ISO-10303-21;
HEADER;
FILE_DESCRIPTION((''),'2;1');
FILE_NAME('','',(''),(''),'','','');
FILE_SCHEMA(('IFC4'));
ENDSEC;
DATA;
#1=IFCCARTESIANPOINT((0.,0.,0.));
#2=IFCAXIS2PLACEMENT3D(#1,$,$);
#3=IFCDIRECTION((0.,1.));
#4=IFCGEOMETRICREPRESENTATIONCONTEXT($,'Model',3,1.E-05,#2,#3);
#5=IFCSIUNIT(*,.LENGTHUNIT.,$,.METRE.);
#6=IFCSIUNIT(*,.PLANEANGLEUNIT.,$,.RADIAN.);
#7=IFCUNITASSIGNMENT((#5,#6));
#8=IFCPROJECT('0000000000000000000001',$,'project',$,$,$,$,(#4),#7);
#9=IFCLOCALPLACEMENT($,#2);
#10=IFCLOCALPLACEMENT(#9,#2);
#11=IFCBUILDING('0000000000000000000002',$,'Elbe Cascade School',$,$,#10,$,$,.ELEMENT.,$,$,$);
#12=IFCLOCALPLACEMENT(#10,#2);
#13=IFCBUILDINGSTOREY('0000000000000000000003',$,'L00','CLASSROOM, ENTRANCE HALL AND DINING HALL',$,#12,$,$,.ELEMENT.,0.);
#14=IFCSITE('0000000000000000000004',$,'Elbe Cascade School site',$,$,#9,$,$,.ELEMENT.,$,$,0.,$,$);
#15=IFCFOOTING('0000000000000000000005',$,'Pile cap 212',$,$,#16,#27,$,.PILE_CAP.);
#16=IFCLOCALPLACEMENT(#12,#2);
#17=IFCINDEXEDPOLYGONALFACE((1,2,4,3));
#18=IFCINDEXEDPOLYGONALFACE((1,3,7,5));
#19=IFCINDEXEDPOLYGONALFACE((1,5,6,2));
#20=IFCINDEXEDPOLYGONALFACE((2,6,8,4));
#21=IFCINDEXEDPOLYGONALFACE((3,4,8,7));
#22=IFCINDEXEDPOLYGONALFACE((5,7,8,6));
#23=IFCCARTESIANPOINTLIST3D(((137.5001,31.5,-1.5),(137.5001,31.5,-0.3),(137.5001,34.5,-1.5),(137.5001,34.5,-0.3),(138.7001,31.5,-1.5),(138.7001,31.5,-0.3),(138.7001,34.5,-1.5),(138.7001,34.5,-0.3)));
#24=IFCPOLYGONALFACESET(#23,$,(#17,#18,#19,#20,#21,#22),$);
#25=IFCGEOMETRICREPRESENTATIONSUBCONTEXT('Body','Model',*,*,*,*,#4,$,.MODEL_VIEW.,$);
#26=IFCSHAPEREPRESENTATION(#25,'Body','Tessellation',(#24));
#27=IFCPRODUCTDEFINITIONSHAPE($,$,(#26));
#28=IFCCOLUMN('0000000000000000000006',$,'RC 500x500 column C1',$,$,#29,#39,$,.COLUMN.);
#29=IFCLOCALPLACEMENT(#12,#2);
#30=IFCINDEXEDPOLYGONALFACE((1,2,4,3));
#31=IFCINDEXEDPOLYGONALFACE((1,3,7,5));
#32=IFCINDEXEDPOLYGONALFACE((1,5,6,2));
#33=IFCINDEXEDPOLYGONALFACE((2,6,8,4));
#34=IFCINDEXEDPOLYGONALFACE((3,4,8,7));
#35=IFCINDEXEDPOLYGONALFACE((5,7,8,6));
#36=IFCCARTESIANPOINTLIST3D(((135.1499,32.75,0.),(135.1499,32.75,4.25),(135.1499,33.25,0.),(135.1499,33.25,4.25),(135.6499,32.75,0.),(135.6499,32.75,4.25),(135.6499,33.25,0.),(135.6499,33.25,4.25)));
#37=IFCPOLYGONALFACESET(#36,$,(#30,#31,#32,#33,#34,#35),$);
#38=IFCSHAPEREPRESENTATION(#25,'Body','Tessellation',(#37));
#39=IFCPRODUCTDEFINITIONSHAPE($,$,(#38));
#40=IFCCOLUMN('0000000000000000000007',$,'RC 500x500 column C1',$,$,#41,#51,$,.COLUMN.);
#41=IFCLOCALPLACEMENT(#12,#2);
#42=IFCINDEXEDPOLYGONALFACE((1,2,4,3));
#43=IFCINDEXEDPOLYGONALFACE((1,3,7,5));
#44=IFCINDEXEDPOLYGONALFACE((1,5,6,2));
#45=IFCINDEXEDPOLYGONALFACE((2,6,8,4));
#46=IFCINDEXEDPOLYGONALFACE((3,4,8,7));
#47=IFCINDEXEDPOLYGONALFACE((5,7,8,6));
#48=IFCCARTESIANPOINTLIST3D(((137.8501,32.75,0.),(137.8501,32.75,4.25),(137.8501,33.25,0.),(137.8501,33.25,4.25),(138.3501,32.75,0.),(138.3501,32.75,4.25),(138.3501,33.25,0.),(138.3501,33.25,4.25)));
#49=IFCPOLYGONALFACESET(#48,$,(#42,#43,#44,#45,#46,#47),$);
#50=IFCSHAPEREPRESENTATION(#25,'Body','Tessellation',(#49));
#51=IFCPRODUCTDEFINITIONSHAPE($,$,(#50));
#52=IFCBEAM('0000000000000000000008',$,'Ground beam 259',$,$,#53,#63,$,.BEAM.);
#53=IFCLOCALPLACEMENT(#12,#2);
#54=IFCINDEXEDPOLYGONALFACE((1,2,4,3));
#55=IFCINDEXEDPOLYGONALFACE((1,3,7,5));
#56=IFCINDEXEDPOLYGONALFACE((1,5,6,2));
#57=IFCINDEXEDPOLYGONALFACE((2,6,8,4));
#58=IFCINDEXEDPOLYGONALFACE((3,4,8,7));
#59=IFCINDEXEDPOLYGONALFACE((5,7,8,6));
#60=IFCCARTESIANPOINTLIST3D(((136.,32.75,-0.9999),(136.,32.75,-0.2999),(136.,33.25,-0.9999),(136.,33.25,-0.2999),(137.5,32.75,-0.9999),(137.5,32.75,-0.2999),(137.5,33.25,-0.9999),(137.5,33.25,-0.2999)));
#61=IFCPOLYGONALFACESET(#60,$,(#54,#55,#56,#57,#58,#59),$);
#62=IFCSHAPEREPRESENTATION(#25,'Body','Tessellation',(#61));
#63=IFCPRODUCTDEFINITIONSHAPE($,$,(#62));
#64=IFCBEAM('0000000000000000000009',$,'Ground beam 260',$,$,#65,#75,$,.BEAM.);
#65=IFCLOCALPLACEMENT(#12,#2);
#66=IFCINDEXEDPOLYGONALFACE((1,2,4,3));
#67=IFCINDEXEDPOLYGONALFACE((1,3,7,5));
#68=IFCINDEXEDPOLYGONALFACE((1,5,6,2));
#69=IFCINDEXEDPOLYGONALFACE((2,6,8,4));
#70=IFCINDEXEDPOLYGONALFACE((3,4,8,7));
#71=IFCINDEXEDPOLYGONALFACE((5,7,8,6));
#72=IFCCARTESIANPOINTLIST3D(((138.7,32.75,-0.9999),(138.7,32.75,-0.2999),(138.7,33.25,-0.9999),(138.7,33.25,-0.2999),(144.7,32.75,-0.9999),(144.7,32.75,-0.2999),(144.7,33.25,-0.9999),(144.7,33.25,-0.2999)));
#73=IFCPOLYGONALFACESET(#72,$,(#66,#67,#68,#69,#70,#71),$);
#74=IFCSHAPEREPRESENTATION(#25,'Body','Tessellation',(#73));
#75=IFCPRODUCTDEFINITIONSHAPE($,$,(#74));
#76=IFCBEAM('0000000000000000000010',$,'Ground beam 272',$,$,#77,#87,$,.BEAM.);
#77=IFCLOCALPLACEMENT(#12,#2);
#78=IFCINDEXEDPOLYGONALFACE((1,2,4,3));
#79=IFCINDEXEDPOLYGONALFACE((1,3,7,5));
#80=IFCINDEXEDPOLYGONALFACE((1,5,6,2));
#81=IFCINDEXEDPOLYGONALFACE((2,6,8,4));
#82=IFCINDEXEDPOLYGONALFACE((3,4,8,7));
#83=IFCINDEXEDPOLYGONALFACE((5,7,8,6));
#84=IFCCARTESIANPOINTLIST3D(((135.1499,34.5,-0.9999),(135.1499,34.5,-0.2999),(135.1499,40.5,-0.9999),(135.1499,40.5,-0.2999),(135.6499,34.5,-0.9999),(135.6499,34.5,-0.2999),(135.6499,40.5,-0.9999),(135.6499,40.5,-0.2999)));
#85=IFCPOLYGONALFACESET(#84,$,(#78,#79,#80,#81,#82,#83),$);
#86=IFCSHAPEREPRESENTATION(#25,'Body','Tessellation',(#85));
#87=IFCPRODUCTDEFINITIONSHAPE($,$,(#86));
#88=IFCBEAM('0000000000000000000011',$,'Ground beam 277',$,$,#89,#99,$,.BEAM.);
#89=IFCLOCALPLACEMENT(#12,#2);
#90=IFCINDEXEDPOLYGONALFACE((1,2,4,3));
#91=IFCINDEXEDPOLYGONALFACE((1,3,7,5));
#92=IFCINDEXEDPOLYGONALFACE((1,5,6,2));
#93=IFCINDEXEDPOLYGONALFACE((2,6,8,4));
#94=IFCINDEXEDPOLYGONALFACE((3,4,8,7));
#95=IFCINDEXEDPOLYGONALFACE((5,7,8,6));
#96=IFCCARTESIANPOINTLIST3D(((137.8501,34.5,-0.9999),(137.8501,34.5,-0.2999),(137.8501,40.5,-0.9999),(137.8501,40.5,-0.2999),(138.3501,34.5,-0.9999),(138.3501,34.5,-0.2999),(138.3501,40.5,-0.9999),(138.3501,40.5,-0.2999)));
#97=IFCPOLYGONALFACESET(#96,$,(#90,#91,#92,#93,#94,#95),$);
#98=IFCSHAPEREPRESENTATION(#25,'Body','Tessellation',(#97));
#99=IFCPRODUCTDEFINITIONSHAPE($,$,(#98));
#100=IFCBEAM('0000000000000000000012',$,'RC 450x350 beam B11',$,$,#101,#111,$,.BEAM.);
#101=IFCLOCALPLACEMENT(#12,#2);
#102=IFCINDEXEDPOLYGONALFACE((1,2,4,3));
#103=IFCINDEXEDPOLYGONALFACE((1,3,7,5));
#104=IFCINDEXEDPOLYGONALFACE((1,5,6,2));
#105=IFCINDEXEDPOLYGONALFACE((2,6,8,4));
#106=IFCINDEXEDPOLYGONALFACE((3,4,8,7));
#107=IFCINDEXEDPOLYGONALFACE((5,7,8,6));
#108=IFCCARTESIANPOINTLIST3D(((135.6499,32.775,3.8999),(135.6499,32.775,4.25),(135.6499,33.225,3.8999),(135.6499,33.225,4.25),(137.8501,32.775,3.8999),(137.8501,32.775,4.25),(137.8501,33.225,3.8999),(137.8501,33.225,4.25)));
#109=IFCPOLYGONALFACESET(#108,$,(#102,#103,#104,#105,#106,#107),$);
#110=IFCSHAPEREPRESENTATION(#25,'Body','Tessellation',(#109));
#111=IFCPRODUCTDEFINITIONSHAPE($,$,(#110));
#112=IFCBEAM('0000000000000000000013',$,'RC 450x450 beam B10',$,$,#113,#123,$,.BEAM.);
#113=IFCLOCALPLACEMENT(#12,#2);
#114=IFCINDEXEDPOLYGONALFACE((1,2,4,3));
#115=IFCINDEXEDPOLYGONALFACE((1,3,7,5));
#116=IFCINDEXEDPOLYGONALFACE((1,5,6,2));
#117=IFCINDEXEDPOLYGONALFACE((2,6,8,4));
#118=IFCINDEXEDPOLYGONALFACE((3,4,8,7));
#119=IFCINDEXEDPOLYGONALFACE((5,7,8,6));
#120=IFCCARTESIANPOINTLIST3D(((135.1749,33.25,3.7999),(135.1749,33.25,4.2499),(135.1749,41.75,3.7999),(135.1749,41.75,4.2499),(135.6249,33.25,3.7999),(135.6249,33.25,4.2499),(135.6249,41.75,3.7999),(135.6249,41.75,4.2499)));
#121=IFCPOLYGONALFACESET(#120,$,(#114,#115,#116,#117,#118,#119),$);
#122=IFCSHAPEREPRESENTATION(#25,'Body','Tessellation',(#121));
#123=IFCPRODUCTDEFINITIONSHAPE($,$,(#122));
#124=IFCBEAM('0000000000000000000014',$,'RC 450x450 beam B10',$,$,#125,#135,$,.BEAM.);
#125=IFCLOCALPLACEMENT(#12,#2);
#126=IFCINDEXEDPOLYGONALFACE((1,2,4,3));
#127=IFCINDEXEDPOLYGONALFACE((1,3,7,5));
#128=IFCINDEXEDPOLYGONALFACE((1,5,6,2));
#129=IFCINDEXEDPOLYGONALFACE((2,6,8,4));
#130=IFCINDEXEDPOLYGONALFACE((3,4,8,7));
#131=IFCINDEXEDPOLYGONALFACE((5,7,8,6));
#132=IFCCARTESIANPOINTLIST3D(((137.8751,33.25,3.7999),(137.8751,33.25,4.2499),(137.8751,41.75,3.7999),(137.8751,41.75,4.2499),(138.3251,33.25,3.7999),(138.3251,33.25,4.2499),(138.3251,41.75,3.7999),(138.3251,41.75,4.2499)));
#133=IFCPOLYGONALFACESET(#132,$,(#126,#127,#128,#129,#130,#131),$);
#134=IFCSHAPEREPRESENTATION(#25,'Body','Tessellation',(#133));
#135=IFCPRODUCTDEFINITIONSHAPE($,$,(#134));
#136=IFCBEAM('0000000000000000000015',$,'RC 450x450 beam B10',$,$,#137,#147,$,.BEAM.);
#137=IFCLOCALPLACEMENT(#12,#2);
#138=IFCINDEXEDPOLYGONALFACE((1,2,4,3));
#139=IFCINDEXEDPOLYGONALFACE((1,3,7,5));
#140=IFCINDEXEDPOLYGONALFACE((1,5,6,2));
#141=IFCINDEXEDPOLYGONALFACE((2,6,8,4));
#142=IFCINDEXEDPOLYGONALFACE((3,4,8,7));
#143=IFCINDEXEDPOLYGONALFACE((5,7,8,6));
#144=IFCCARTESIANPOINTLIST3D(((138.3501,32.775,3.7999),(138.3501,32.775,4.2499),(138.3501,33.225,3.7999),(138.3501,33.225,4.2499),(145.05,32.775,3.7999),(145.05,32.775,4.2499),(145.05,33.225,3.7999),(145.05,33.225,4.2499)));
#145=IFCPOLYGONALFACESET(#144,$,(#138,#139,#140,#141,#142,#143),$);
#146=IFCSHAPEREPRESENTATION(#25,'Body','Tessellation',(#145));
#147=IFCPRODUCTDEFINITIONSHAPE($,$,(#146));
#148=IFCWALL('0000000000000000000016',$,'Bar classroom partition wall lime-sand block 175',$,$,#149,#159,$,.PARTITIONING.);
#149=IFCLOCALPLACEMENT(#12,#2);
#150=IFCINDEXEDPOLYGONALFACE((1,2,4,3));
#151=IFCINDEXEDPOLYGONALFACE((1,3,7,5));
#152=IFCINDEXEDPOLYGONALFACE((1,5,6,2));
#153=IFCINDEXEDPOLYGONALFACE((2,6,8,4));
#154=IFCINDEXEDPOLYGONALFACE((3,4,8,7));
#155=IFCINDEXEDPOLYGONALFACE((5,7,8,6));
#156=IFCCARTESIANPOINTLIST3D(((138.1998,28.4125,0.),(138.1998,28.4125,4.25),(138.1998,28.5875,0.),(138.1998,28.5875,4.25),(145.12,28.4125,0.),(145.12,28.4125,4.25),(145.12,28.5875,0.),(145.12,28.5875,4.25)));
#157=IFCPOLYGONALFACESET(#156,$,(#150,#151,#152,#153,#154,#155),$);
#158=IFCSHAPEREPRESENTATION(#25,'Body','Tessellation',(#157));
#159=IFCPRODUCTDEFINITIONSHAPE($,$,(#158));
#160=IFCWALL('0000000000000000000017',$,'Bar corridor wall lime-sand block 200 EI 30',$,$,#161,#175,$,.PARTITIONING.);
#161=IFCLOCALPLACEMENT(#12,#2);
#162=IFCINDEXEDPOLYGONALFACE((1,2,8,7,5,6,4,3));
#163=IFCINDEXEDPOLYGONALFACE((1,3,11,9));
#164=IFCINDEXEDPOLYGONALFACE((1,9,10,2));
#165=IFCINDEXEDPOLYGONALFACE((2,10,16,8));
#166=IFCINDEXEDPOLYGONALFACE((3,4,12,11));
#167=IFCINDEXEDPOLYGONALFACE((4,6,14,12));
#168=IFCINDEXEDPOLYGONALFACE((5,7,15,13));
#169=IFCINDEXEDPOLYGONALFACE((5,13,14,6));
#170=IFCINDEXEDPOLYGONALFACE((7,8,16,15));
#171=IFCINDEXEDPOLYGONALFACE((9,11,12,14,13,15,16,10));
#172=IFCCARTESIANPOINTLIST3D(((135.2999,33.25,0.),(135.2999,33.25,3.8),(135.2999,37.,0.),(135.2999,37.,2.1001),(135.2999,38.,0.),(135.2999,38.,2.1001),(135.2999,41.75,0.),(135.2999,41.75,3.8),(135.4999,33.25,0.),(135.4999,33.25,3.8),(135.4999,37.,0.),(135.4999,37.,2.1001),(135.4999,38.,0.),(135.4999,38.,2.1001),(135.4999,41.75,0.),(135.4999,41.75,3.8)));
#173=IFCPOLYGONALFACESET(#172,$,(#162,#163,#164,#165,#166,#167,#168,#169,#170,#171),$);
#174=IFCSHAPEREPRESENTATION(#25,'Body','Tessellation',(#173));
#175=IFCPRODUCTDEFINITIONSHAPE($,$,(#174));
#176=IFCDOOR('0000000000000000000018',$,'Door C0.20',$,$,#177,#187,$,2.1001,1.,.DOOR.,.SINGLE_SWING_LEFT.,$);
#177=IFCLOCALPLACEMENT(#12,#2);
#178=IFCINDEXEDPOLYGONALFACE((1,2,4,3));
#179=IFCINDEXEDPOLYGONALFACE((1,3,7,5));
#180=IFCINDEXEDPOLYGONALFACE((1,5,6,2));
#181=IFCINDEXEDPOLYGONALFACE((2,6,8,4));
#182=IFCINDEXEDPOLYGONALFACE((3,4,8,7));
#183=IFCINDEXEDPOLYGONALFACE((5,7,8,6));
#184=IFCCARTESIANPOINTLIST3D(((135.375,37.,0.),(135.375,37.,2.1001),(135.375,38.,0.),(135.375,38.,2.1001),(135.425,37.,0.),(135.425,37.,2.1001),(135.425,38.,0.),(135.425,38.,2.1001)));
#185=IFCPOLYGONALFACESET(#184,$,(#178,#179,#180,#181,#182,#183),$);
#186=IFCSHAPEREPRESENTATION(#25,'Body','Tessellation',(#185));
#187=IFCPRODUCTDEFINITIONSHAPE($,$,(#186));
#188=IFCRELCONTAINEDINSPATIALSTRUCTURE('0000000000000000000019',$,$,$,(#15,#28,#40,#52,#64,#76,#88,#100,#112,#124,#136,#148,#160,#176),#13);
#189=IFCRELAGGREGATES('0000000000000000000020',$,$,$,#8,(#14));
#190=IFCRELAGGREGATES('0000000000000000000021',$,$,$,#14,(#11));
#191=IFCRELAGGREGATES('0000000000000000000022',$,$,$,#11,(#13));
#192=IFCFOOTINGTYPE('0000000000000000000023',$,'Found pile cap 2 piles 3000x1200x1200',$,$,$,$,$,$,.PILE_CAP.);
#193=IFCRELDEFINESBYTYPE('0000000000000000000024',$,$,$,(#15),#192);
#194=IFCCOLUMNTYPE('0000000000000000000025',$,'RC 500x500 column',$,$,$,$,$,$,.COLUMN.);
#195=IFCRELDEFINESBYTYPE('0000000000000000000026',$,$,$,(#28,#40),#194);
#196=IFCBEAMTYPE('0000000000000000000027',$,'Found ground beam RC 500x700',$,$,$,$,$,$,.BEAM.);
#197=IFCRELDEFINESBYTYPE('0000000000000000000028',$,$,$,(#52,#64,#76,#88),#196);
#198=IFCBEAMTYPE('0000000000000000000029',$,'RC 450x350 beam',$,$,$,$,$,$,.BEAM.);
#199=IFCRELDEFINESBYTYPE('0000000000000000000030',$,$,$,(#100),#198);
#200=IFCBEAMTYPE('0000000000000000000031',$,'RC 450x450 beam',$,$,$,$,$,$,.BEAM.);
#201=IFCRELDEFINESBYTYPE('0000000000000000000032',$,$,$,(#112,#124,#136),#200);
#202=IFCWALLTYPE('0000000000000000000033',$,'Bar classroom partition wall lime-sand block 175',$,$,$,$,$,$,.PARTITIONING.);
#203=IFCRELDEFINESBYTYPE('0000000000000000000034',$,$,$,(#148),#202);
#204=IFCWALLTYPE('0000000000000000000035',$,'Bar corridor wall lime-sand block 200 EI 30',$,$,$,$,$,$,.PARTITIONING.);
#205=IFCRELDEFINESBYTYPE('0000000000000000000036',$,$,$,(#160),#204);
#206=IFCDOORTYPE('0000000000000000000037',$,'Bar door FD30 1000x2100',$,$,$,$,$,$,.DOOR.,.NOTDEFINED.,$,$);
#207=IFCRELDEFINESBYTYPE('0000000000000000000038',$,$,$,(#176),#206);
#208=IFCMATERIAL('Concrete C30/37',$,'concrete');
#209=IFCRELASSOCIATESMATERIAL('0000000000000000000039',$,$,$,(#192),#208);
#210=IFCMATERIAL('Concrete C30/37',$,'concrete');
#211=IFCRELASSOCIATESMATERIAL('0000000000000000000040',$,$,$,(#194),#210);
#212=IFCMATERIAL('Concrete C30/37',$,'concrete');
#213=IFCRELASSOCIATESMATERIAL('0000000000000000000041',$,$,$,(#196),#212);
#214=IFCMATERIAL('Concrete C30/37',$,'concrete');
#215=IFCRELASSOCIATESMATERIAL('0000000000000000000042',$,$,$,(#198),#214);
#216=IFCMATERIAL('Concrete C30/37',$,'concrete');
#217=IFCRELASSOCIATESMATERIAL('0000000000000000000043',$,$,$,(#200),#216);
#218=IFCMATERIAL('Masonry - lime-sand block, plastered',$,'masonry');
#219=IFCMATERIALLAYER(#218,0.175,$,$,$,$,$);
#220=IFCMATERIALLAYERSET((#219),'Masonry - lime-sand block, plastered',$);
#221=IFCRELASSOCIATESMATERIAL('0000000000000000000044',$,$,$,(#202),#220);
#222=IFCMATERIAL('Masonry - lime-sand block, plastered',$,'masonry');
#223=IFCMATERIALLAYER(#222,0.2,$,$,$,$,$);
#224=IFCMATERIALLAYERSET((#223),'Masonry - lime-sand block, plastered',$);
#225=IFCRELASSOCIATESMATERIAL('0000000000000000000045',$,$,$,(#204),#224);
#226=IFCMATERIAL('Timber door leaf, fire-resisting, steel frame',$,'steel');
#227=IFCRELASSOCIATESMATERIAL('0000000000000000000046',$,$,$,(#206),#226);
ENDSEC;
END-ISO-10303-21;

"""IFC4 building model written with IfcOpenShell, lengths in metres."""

from ifc_helpers import new_model, si_unit, direction, frame, frame_2d, origin, origin_2d, place, context, subcontext, project, spatial, rectangle, extrude, material, layer, layer_set, material_profile, profile_set, type_object, element, fill, save


model = new_model("IFC4")

# Units and contexts
model_context = context("Model", 3, precision=1e-05, world=origin(), true_north=direction((0.0, 1.0)))
body_context = subcontext(model_context, "Body", "Model", "MODEL_VIEW")
ifc_project = project(units=[si_unit("LENGTHUNIT", "METRE"), si_unit("PLANEANGLEUNIT", "RADIAN")], contexts=[model_context])

# Site, building, storey
site_placement = place(None, origin())
site = spatial("IfcSite", under=ifc_project, at=site_placement, Name="Elbe Cascade School site", CompositionType="ELEMENT", RefElevation=0.0)
building_placement = place(site_placement, origin())
building = spatial("IfcBuilding", under=site, at=building_placement, Name="Elbe Cascade School", CompositionType="ELEMENT")
storey_placement = place(building_placement, origin())
storey = spatial("IfcBuildingStorey", under=building, at=storey_placement, Name="L00", Description="CLASSROOM, ENTRANCE HALL AND DINING HALL", CompositionType="ELEMENT", Elevation=0.0)

# Footing
ifc_material_1 = material(Name="Concrete C30/37", Category="concrete")
footing_type = type_object("IfcFootingType", Name="Found pile cap 2 piles 3000x1200x1200", PredefinedType="PILE_CAP", material=ifc_material_1)
for number, where, z_axis, x_axis, name in (
    (1, (138.1001, 33.0, -1.5), (0.0, 0.0, 1.0), (1.0, 0.0, 0.0), "Pile cap 212"),
):
    element("IfcFooting", number, at=place(storey_placement, frame(where, z_axis=z_axis, x_axis=x_axis)), inside=storey, type_object=footing_type, Name=name, PredefinedType="PILE_CAP", context=body_context, shape_type="SweptSolid", body=[
        extrude(rectangle(XDim=1.2, YDim=3.0, at=origin_2d()), origin(), (0.0, 0.0, 1.0), 1.2),
    ])

# Columns
ifc_material_2 = material(Name="Concrete C30/37", Category="concrete")
ifc_material_profile_1 = material_profile(ifc_material_2, rectangle(XDim=0.5, YDim=0.5, at=origin_2d()), Name="RC 500x500")
ifc_profile_set_1 = profile_set([ifc_material_profile_1], Name="Concrete C30/37")
column_type = type_object("IfcColumnType", Name="RC 500x500 column", PredefinedType="COLUMN", material=ifc_profile_set_1)
for number, where, z_axis, x_axis, name in (
    (2, (135.3999, 33.0, 0.0), (0.0, 0.0, 1.0), (1.0, 0.0, 0.0), "RC 500x500 column C1"),
    (3, (138.1001, 33.0, 0.0), (0.0, 0.0, 1.0), (1.0, 0.0, 0.0), "RC 500x500 column C1"),
):
    element("IfcColumn", number, at=place(storey_placement, frame(where, z_axis=z_axis, x_axis=x_axis)), inside=storey, type_object=column_type, Name=name, PredefinedType="COLUMN", context=body_context, shape_type="SweptSolid", body=[
        extrude(rectangle(XDim=0.5, YDim=0.5, at=origin_2d()), origin(), (0.0, 0.0, 1.0), 4.25),
    ])

# Beams
ifc_material_3 = material(Name="Concrete C30/37", Category="concrete")
ifc_material_profile_2 = material_profile(ifc_material_3, rectangle(XDim=0.5, YDim=0.7, at=origin_2d()), Name="RC 500x700")
ifc_profile_set_2 = profile_set([ifc_material_profile_2], Name="Concrete C30/37")
beam_type_1 = type_object("IfcBeamType", Name="Found ground beam RC 500x700", PredefinedType="BEAM", material=ifc_profile_set_2)
beam_1_placement = place(storey_placement, frame((136.0, 33.0, -0.6499), z_axis=(1.0, 0.0, 0.0), x_axis=(0.0, 1.0, 0.0)))
element("IfcBeam", 4, at=beam_1_placement, inside=storey, type_object=beam_type_1, Name="Ground beam 259", PredefinedType="BEAM", context=body_context, shape_type="SweptSolid", body=[
    extrude(rectangle(XDim=0.5, YDim=0.7, at=origin_2d()), origin(), (0.0, 0.0, 1.0), 1.5),
])
for number, where, z_axis, x_axis, name in (
    (5, (138.7, 33.0, -0.6499), (1.0, 0.0, 0.0), (0.0, 1.0, 0.0), "Ground beam 260"),
    (6, (135.3999, 34.5, -0.6499), (0.0, 1.0, 0.0), (-1.0, 0.0, 0.0), "Ground beam 272"),
    (7, (138.1001, 34.5, -0.6499), (0.0, 1.0, 0.0), (-1.0, 0.0, 0.0), "Ground beam 277"),
):
    element("IfcBeam", number, at=place(storey_placement, frame(where, z_axis=z_axis, x_axis=x_axis)), inside=storey, type_object=beam_type_1, Name=name, PredefinedType="BEAM", context=body_context, shape_type="SweptSolid", body=[
        extrude(rectangle(XDim=0.5, YDim=0.7, at=origin_2d()), origin(), (0.0, 0.0, 1.0), 6.0),
    ])
ifc_material_4 = material(Name="Concrete C30/37", Category="concrete")
ifc_material_profile_3 = material_profile(ifc_material_4, rectangle(XDim=0.45, YDim=0.3501, at=origin_2d()), Name="RC 450x350")
ifc_profile_set_3 = profile_set([ifc_material_profile_3], Name="Concrete C30/37")
beam_type_2 = type_object("IfcBeamType", Name="RC 450x350 beam", PredefinedType="BEAM", material=ifc_profile_set_3)
beam_2_placement = place(storey_placement, frame((135.6499, 33.0, 4.075), z_axis=(1.0, 0.0, 0.0), x_axis=(0.0, 1.0, 0.0)))
element("IfcBeam", 8, at=beam_2_placement, inside=storey, type_object=beam_type_2, Name="RC 450x350 beam B11", PredefinedType="BEAM", context=body_context, shape_type="SweptSolid", body=[
    extrude(rectangle(XDim=0.45, YDim=0.3501, at=origin_2d()), origin(), (0.0, 0.0, 1.0), 2.2002),
])
ifc_material_5 = material(Name="Concrete C30/37", Category="concrete")
ifc_material_profile_4 = material_profile(ifc_material_5, rectangle(XDim=0.45, YDim=0.45, at=origin_2d()), Name="RC 450x450")
ifc_profile_set_4 = profile_set([ifc_material_profile_4], Name="Concrete C30/37")
beam_type_3 = type_object("IfcBeamType", Name="RC 450x450 beam", PredefinedType="BEAM", material=ifc_profile_set_4)
for number, where, z_axis, x_axis, name in (
    (9, (135.3999, 33.25, 4.0249), (0.0, 1.0, 0.0), (-1.0, 0.0, 0.0), "RC 450x450 beam B10"),
    (10, (138.1001, 33.25, 4.0249), (0.0, 1.0, 0.0), (-1.0, 0.0, 0.0), "RC 450x450 beam B10"),
):
    element("IfcBeam", number, at=place(storey_placement, frame(where, z_axis=z_axis, x_axis=x_axis)), inside=storey, type_object=beam_type_3, Name=name, PredefinedType="BEAM", context=body_context, shape_type="SweptSolid", body=[
        extrude(rectangle(XDim=0.45, YDim=0.45, at=origin_2d()), origin(), (0.0, 0.0, 1.0), 8.5),
    ])
beam_3_placement = place(storey_placement, frame((138.3501, 33.0, 4.0249), z_axis=(1.0, 0.0, 0.0), x_axis=(0.0, 1.0, 0.0)))
element("IfcBeam", 11, at=beam_3_placement, inside=storey, type_object=beam_type_3, Name="RC 450x450 beam B10", PredefinedType="BEAM", context=body_context, shape_type="SweptSolid", body=[
    extrude(rectangle(XDim=0.45, YDim=0.45, at=origin_2d()), origin(), (0.0, 0.0, 1.0), 6.7),
])

# Wall
ifc_material_6 = material(Name="Masonry - lime-sand block, plastered", Category="masonry")
ifc_layer_1 = layer(ifc_material_6, 0.175)
ifc_layer_set_1 = layer_set([ifc_layer_1], Name="Masonry - lime-sand block, plastered")
wall_type_1 = type_object("IfcWallType", Name="Bar classroom partition wall lime-sand block 175", PredefinedType="PARTITIONING", material=ifc_layer_set_1)
wall_1_placement = place(storey_placement, frame((138.2, 28.5, 0.0), z_axis=(0.0, 0.0, 1.0), x_axis=(1.0, 0.0, 0.0)))
element("IfcWall", 12, at=wall_1_placement, inside=storey, type_object=wall_type_1, Name="Bar classroom partition wall lime-sand block 175", PredefinedType="PARTITIONING", context=body_context, shape_type="SweptSolid", body=[
    extrude(rectangle(XDim=6.9202, YDim=0.175, at=frame_2d((3.46, 0.0))), origin(), (0.0, 0.0, 1.0), 4.25),
])

# Wall, opening, door
ifc_material_7 = material(Name="Masonry - lime-sand block, plastered", Category="masonry")
ifc_layer_2 = layer(ifc_material_7, 0.2)
ifc_layer_set_2 = layer_set([ifc_layer_2], Name="Masonry - lime-sand block, plastered")
wall_type_2 = type_object("IfcWallType", Name="Bar corridor wall lime-sand block 200 EI 30", PredefinedType="PARTITIONING", material=ifc_layer_set_2)
wall_2_placement = place(storey_placement, frame((135.3999, 33.25, 0.0), z_axis=(0.0, 0.0, 1.0), x_axis=(0.0, 1.0, 0.0)))
wall_2 = element("IfcWall", 13, at=wall_2_placement, inside=storey, type_object=wall_type_2, Name="Bar corridor wall lime-sand block 200 EI 30", PredefinedType="PARTITIONING", context=body_context, shape_type="SweptSolid", body=[
    extrude(rectangle(XDim=8.5, YDim=0.2, at=frame_2d((4.25, 0.0))), origin(), (0.0, 0.0, 1.0), 3.8),
])
opening_1_placement = place(wall_2_placement, frame((3.75, 0.0, 0.0)))
opening_1 = element("IfcOpeningElement", 14, at=opening_1_placement, cuts=wall_2, PredefinedType="OPENING", context=body_context, shape_type="SweptSolid", body=[
    extrude(rectangle(XDim=1.0, YDim=2.1001, at=frame_2d((0.5, 1.05))), frame((0.0, 0.1099, 0.0), z_axis=(0.0, -1.0, 0.0), x_axis=(1.0, 0.0, 0.0)), (0.0, 0.0, 1.0), 0.22),
])
ifc_material_8 = material(Name="Timber door leaf, fire-resisting, steel frame", Category="steel")
door_type = type_object("IfcDoorType", Name="Bar door FD30 1000x2100", OperationType="NOTDEFINED", PredefinedType="DOOR", material=ifc_material_8)
door_1_placement = place(opening_1_placement, origin())
door_1 = element("IfcDoor", 15, at=door_1_placement, inside=storey, type_object=door_type, Name="Door C0.20", OperationType="SINGLE_SWING_LEFT", OverallHeight=2.1001, OverallWidth=1.0, PredefinedType="DOOR", context=body_context, shape_type="SweptSolid", body=[
    extrude(rectangle(XDim=1.0, YDim=2.1001, at=frame_2d((0.5, 1.05))), frame((0.0, 0.0249, 0.0), z_axis=(0.0, -1.0, 0.0), x_axis=(1.0, 0.0, 0.0)), (0.0, 0.0, 1.0), 0.05),
])
fill(opening_1, door_1)

save(model, "model.ifc")
